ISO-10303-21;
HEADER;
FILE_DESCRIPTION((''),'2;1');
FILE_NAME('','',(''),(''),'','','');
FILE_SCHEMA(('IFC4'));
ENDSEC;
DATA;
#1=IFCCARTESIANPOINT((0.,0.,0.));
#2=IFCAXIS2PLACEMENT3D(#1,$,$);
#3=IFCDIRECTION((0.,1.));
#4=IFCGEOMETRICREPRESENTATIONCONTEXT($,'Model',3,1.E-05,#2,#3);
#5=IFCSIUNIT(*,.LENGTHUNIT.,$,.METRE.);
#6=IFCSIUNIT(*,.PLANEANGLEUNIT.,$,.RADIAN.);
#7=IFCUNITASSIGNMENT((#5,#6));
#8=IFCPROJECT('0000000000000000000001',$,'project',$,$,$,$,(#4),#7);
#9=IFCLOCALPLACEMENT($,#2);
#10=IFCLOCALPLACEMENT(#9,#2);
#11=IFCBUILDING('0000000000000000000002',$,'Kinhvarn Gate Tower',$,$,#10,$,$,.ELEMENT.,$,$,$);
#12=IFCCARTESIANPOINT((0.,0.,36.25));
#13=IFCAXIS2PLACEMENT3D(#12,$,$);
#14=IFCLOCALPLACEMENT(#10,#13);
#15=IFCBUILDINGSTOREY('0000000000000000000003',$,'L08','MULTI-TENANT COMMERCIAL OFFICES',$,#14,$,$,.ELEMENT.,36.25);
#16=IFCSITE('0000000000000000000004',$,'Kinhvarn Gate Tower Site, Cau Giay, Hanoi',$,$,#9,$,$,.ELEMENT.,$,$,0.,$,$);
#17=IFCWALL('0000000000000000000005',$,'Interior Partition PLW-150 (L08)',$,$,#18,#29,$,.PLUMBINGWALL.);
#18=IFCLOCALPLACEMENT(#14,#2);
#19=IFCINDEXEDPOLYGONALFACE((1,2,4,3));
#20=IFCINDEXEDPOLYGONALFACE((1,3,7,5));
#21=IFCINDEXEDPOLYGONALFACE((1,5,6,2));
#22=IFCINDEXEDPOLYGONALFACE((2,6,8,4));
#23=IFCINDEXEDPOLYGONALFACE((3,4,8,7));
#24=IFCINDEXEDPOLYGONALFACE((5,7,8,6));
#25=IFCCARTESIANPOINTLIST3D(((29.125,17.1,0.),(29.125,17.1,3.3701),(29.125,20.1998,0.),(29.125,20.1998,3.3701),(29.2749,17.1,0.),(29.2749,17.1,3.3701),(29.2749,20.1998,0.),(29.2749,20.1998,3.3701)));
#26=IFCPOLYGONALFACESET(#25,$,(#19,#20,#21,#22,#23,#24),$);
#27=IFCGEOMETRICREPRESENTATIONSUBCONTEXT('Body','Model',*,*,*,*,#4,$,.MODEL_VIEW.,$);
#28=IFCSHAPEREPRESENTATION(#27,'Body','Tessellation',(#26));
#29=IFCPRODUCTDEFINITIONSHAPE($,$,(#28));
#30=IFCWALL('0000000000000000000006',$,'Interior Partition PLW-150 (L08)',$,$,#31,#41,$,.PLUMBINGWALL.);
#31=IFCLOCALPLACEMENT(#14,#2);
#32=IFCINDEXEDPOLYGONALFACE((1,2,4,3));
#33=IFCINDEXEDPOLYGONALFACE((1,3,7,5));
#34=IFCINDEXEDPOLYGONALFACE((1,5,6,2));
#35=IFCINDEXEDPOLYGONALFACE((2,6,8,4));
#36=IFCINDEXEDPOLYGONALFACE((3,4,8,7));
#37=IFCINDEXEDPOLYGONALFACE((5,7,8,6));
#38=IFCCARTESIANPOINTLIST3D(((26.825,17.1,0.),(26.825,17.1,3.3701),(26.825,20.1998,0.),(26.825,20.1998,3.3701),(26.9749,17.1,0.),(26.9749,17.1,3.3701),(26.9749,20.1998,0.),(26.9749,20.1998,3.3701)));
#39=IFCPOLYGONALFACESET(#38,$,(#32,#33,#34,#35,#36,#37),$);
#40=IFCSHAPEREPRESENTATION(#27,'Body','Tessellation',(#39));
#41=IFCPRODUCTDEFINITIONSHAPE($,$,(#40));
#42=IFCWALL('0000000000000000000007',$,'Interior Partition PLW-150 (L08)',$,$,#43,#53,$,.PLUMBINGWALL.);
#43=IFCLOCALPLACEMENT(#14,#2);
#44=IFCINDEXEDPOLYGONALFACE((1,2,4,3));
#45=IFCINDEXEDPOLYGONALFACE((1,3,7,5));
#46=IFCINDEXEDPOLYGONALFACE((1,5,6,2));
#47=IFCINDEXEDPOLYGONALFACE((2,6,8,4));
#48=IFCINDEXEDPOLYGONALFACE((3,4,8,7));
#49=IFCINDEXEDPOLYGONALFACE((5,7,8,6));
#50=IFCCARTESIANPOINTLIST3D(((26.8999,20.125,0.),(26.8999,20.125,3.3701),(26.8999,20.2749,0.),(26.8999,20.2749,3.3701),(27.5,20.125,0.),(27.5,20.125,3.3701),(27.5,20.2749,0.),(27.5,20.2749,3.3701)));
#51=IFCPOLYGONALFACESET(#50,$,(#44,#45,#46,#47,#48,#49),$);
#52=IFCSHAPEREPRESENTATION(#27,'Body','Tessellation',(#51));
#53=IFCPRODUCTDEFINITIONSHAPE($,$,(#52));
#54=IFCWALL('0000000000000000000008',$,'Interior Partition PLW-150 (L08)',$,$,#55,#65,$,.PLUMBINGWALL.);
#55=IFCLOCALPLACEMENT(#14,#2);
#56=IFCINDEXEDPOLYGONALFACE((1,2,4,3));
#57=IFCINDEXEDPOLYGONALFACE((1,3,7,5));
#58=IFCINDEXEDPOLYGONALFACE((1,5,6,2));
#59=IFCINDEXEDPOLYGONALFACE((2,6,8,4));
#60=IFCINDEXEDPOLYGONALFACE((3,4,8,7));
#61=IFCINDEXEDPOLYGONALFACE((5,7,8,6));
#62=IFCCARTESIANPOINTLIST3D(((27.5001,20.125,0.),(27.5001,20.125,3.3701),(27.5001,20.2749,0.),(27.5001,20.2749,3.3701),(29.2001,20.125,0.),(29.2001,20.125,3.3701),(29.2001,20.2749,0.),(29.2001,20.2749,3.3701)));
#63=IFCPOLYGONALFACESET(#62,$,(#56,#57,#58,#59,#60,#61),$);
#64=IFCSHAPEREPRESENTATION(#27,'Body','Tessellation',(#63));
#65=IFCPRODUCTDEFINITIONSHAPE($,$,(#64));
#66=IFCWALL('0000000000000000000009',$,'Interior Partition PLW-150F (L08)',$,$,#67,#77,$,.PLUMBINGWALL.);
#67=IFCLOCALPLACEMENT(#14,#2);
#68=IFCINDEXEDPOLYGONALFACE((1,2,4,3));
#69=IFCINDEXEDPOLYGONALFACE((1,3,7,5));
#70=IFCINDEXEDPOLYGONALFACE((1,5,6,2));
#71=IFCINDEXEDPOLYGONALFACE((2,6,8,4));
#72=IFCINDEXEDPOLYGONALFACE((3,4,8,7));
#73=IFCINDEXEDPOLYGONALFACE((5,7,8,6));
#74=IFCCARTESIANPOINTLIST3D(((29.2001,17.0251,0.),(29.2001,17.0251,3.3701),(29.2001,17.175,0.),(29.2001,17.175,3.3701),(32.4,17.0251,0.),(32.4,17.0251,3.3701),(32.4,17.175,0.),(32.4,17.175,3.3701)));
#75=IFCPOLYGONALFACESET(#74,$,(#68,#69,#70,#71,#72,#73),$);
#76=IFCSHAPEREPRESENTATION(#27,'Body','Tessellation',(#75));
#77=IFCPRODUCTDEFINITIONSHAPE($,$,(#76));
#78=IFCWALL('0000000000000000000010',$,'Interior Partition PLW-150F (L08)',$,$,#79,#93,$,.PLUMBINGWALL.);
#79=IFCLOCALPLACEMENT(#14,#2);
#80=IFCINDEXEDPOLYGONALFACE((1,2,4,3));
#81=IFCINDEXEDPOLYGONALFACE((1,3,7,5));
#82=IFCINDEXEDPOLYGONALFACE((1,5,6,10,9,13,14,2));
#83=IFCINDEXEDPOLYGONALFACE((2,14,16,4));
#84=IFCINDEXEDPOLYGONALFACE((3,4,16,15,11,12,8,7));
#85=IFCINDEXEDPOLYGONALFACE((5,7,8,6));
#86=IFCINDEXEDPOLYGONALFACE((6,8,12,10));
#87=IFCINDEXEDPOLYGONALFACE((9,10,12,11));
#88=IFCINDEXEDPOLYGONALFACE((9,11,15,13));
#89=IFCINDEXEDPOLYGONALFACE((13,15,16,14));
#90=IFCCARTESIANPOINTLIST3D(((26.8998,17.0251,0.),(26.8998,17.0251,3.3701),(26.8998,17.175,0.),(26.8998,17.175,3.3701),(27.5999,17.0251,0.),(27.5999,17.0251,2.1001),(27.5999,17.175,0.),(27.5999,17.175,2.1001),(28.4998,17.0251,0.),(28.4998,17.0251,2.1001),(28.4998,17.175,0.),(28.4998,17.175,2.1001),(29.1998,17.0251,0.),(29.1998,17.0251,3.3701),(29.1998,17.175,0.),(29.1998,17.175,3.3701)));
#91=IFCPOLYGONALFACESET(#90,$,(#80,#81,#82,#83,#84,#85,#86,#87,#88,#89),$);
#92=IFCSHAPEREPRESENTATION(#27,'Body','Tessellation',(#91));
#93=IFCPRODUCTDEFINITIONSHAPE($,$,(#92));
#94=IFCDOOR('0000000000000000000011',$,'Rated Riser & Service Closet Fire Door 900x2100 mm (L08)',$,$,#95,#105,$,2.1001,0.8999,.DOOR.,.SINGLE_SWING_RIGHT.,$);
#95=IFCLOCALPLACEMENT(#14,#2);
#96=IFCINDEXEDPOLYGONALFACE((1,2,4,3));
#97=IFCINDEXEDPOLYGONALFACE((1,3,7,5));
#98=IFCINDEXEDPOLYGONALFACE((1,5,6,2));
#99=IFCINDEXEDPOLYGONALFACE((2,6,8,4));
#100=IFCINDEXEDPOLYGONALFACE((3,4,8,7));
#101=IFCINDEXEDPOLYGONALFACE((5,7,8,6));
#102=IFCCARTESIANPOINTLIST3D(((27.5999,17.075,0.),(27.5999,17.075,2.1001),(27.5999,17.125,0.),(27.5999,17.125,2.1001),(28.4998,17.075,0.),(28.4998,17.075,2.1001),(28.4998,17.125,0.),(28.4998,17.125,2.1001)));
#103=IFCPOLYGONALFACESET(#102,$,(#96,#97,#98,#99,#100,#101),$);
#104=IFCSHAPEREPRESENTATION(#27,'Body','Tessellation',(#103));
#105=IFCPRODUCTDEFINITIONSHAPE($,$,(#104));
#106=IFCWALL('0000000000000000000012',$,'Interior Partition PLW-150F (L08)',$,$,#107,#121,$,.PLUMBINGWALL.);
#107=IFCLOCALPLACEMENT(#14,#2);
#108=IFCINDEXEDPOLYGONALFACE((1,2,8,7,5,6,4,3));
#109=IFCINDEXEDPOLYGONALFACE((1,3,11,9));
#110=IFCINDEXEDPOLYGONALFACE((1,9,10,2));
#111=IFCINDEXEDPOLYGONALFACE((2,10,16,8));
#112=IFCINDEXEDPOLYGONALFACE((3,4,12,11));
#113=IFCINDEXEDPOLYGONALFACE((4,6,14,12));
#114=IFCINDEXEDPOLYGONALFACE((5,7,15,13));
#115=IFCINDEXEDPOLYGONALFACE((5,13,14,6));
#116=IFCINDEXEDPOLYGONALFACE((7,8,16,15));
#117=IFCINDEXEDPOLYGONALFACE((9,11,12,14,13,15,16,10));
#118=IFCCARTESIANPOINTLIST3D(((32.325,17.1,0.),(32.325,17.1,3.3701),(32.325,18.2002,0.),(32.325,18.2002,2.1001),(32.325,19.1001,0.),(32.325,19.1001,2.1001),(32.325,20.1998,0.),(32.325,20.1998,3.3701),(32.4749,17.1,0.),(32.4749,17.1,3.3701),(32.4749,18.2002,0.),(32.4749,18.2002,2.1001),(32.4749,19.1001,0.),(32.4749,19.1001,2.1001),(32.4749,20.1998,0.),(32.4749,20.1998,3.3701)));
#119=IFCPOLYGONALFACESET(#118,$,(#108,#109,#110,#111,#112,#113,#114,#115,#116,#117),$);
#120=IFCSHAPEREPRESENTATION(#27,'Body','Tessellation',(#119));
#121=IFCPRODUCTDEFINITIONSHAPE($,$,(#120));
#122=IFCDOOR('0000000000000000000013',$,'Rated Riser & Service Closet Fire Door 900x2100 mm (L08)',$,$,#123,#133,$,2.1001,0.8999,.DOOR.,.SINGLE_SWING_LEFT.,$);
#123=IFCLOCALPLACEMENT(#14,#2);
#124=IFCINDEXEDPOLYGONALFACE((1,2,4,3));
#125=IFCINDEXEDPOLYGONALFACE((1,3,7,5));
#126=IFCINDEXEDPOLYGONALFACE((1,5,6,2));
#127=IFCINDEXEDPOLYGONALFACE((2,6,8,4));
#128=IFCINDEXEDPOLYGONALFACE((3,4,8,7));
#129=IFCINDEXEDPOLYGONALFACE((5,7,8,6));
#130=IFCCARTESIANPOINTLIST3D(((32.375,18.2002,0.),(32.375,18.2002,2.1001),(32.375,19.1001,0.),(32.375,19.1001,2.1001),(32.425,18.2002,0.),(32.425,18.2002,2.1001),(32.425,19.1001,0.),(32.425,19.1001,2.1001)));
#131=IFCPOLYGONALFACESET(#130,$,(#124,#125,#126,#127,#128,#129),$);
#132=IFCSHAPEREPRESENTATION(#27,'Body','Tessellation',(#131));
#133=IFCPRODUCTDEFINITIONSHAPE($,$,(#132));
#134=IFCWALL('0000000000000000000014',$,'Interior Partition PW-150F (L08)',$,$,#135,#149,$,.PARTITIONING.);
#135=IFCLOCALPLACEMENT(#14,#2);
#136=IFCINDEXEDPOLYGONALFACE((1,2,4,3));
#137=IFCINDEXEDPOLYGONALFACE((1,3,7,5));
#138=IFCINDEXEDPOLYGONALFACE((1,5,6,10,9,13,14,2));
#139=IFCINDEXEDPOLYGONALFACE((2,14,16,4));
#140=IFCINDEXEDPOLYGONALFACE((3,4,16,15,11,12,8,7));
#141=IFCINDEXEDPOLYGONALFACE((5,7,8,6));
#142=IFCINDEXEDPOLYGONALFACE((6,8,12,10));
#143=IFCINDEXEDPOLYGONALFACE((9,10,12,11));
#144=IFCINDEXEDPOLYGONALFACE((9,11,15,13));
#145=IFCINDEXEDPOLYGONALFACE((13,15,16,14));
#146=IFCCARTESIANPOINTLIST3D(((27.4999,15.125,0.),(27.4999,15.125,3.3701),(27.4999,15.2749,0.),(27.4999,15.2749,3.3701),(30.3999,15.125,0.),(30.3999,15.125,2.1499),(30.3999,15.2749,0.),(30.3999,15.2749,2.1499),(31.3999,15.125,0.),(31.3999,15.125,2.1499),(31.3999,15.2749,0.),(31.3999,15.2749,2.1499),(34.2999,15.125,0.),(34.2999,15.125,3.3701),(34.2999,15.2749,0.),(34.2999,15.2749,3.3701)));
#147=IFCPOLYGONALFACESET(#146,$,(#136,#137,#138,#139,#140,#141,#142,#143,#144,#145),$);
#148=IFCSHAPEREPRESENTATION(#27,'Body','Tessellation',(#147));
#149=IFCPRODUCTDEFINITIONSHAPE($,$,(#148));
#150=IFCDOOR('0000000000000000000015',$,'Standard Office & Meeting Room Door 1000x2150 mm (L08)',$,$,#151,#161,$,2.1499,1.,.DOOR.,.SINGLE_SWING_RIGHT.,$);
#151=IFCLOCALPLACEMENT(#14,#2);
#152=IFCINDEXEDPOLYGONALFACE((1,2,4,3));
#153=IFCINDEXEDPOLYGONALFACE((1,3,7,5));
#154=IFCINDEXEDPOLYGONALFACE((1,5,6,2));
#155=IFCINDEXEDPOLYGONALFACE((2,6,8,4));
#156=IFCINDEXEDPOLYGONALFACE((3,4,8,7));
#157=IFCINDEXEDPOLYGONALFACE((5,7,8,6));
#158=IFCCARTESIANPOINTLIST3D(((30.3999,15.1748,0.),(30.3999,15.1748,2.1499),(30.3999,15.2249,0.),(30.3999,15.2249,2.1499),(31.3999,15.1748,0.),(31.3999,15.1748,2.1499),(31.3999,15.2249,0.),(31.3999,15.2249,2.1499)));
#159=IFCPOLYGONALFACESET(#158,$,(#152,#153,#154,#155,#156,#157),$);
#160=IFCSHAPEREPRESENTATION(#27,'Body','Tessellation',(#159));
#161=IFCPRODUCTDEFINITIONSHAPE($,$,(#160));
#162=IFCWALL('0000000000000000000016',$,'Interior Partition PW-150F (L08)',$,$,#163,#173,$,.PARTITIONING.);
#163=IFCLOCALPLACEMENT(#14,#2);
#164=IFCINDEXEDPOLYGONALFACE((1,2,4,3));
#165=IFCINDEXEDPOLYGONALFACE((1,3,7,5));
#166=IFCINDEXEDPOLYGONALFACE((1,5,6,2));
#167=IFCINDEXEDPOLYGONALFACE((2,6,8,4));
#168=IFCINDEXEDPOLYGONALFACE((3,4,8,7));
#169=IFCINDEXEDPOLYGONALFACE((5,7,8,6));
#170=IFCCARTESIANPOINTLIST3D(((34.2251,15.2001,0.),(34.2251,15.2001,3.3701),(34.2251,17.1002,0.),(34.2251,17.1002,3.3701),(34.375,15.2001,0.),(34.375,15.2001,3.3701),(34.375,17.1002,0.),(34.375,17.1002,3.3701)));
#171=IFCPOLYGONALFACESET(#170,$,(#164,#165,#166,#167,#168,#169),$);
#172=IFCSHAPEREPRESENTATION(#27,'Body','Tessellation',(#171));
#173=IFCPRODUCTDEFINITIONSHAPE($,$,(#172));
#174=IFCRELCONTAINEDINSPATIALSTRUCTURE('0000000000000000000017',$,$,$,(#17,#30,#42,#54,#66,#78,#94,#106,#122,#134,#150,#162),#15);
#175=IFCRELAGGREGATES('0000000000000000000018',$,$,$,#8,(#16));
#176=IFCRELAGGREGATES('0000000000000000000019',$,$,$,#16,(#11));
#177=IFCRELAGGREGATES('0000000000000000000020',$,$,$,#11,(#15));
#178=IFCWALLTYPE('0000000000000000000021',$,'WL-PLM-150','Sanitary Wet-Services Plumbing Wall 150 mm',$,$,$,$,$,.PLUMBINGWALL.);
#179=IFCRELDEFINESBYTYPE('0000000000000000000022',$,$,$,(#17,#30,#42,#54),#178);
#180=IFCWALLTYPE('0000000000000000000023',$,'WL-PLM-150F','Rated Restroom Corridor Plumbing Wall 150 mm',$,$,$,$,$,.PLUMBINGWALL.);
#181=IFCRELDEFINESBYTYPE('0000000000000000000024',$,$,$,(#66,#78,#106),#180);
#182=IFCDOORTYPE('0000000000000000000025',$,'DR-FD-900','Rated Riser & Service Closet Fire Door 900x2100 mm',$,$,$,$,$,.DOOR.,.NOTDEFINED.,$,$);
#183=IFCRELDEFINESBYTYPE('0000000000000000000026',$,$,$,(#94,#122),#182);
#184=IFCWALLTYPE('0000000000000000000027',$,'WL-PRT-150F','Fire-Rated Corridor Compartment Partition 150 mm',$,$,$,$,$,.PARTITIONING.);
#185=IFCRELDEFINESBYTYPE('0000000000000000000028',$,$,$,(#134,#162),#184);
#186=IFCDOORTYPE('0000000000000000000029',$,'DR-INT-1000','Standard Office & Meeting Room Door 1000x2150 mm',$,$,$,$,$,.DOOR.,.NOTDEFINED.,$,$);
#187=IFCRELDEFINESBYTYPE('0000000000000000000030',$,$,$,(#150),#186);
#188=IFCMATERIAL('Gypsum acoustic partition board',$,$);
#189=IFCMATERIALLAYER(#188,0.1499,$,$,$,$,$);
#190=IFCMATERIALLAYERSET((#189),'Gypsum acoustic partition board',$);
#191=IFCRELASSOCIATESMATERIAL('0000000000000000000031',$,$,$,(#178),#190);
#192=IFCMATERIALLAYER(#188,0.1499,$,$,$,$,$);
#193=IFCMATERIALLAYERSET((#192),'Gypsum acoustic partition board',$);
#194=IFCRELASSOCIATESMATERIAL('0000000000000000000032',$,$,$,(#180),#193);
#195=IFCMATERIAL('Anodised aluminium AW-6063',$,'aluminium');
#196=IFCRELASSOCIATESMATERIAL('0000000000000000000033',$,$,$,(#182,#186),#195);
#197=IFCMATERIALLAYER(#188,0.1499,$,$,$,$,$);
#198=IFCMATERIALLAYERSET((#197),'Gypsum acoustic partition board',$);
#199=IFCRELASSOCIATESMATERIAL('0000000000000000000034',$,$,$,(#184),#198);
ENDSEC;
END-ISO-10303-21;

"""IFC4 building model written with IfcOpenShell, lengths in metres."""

from ifc_helpers import new_model, si_unit, direction, frame, frame_2d, origin, place, context, subcontext, project, spatial, rectangle, extrude, material, layer, layer_set, type_object, element, fill, save


model = new_model("IFC4")

# Units and contexts
model_context = context("Model", 3, precision=1e-05, world=origin(), true_north=direction((0.0, 1.0)))
body_context = subcontext(model_context, "Body", "Model", "MODEL_VIEW")
ifc_project = project(units=[si_unit("LENGTHUNIT", "METRE"), si_unit("PLANEANGLEUNIT", "RADIAN")], contexts=[model_context])

# Site, building, storey
site_placement = place(None, origin())
site = spatial("IfcSite", under=ifc_project, at=site_placement, Name="Kinhvarn Gate Tower Site, Cau Giay, Hanoi", CompositionType="ELEMENT", RefElevation=0.0)
building_placement = place(site_placement, origin())
building = spatial("IfcBuilding", under=site, at=building_placement, Name="Kinhvarn Gate Tower", CompositionType="ELEMENT")
storey_placement = place(building_placement, frame((0.0, 0.0, 36.25)))
storey = spatial("IfcBuildingStorey", under=building, at=storey_placement, Name="L08", Description="MULTI-TENANT COMMERCIAL OFFICES", CompositionType="ELEMENT", Elevation=36.25)

# Walls
ifc_material_1 = material(Name="Gypsum acoustic partition board")
ifc_layer_1 = layer(ifc_material_1, 0.1499)
ifc_layer_set_1 = layer_set([ifc_layer_1], Name="Gypsum acoustic partition board")
wall_type_1 = type_object("IfcWallType", Name="WL-PLM-150", Description="Sanitary Wet-Services Plumbing Wall 150 mm", PredefinedType="PLUMBINGWALL", material=ifc_layer_set_1)
for number, where, z_axis, x_axis, name in (
    (1, (29.2, 17.1001, 0.0), (0.0, 0.0, 1.0), (0.0, 1.0, 0.0), "Interior Partition PLW-150 (L08)"),
    (2, (26.8999, 17.1001, 0.0), (0.0, 0.0, 1.0), (0.0, 1.0, 0.0), "Interior Partition PLW-150 (L08)"),
):
    element("IfcWall", number, at=place(storey_placement, frame(where, z_axis=z_axis, x_axis=x_axis)), inside=storey, type_object=wall_type_1, Name=name, PredefinedType="PLUMBINGWALL", context=body_context, shape_type="SweptSolid", body=[
        extrude(rectangle(XDim=3.0999, YDim=0.1499, at=frame_2d((1.5498, 0.0))), origin(), (0.0, 0.0, 1.0), 3.3701),
    ])
wall_1_placement = place(storey_placement, frame((26.8999, 20.2, 0.0), z_axis=(0.0, 0.0, 1.0), x_axis=(1.0, 0.0, 0.0)))
element("IfcWall", 3, at=wall_1_placement, inside=storey, type_object=wall_type_1, Name="Interior Partition PLW-150 (L08)", PredefinedType="PLUMBINGWALL", context=body_context, shape_type="SweptSolid", body=[
    extrude(rectangle(XDim=0.6001, YDim=0.1499, at=frame_2d((0.3, 0.0))), origin(), (0.0, 0.0, 1.0), 3.3701),
])
wall_2_placement = place(storey_placement, frame((27.5, 20.2, 0.0), z_axis=(0.0, 0.0, 1.0), x_axis=(1.0, 0.0, 0.0)))
element("IfcWall", 4, at=wall_2_placement, inside=storey, type_object=wall_type_1, Name="Interior Partition PLW-150 (L08)", PredefinedType="PLUMBINGWALL", context=body_context, shape_type="SweptSolid", body=[
    extrude(rectangle(XDim=1.7, YDim=0.1499, at=frame_2d((0.8501, 0.0))), origin(), (0.0, 0.0, 1.0), 3.3701),
])
ifc_layer_2 = layer(ifc_material_1, 0.1499)
ifc_layer_set_2 = layer_set([ifc_layer_2], Name="Gypsum acoustic partition board")
wall_type_2 = type_object("IfcWallType", Name="WL-PLM-150F", Description="Rated Restroom Corridor Plumbing Wall 150 mm", PredefinedType="PLUMBINGWALL", material=ifc_layer_set_2)
wall_3_placement = place(storey_placement, frame((29.2, 17.1001, 0.0), z_axis=(0.0, 0.0, 1.0), x_axis=(1.0, 0.0, 0.0)))
element("IfcWall", 5, at=wall_3_placement, inside=storey, type_object=wall_type_2, Name="Interior Partition PLW-150F (L08)", PredefinedType="PLUMBINGWALL", context=body_context, shape_type="SweptSolid", body=[
    extrude(rectangle(XDim=3.2, YDim=0.1499, at=frame_2d((1.6001, 0.0))), origin(), (0.0, 0.0, 1.0), 3.3701),
])

# Walls, openings, doors
wall_4_placement = place(storey_placement, frame((26.8999, 17.1001, 0.0), z_axis=(0.0, 0.0, 1.0), x_axis=(1.0, 0.0, 0.0)))
wall_4 = element("IfcWall", 6, at=wall_4_placement, inside=storey, type_object=wall_type_2, Name="Interior Partition PLW-150F (L08)", PredefinedType="PLUMBINGWALL", context=body_context, shape_type="SweptSolid", body=[
    extrude(rectangle(XDim=2.3, YDim=0.1499, at=frame_2d((1.1499, 0.0))), origin(), (0.0, 0.0, 1.0), 3.3701),
])
opening_1_placement = place(wall_4_placement, frame((0.7, 0.0, 0.0)))
opening_1 = element("IfcOpeningElement", 7, at=opening_1_placement, cuts=wall_4, PredefinedType="OPENING", context=body_context, shape_type="SweptSolid", body=[
    extrude(rectangle(XDim=0.8999, YDim=2.1001, at=frame_2d((0.45, 1.05))), frame((0.0, 0.085, 0.0), z_axis=(0.0, -1.0, 0.0), x_axis=(1.0, 0.0, 0.0)), (0.0, 0.0, 1.0), 0.1699),
])
ifc_material_2 = material(Name="Anodised aluminium AW-6063", Category="aluminium")
door_type_1 = type_object("IfcDoorType", Name="DR-FD-900", Description="Rated Riser & Service Closet Fire Door 900x2100 mm", OperationType="NOTDEFINED", PredefinedType="DOOR", material=ifc_material_2)
door_1_placement = place(opening_1_placement, origin())
door_1 = element("IfcDoor", 8, at=door_1_placement, inside=storey, type_object=door_type_1, Name="Rated Riser & Service Closet Fire Door 900x2100 mm (L08)", OperationType="SINGLE_SWING_RIGHT", OverallHeight=2.1001, OverallWidth=0.8999, PredefinedType="DOOR", context=body_context, shape_type="SweptSolid", body=[
    extrude(rectangle(XDim=0.8999, YDim=2.1001, at=frame_2d((0.45, 1.05))), frame((0.0, 0.0249, 0.0), z_axis=(0.0, -1.0, 0.0), x_axis=(1.0, 0.0, 0.0)), (0.0, 0.0, 1.0), 0.05),
])
fill(opening_1, door_1)
wall_5_placement = place(storey_placement, frame((32.3999, 17.1001, 0.0), z_axis=(0.0, 0.0, 1.0), x_axis=(0.0, 1.0, 0.0)))
wall_5 = element("IfcWall", 9, at=wall_5_placement, inside=storey, type_object=wall_type_2, Name="Interior Partition PLW-150F (L08)", PredefinedType="PLUMBINGWALL", context=body_context, shape_type="SweptSolid", body=[
    extrude(rectangle(XDim=3.0999, YDim=0.1499, at=frame_2d((1.5498, 0.0))), origin(), (0.0, 0.0, 1.0), 3.3701),
])
opening_2_placement = place(wall_5_placement, frame((1.1001, 0.0, 0.0)))
opening_2 = element("IfcOpeningElement", 10, at=opening_2_placement, cuts=wall_5, PredefinedType="OPENING", context=body_context, shape_type="SweptSolid", body=[
    extrude(rectangle(XDim=0.8999, YDim=2.1001, at=frame_2d((0.45, 1.05))), frame((0.0, 0.085, 0.0), z_axis=(0.0, -1.0, 0.0), x_axis=(1.0, 0.0, 0.0)), (0.0, 0.0, 1.0), 0.1699),
])
door_2_placement = place(opening_2_placement, origin())
door_2 = element("IfcDoor", 11, at=door_2_placement, inside=storey, type_object=door_type_1, Name="Rated Riser & Service Closet Fire Door 900x2100 mm (L08)", OperationType="SINGLE_SWING_LEFT", OverallHeight=2.1001, OverallWidth=0.8999, PredefinedType="DOOR", context=body_context, shape_type="SweptSolid", body=[
    extrude(rectangle(XDim=0.8999, YDim=2.1001, at=frame_2d((0.45, 1.05))), frame((0.0, 0.0249, 0.0), z_axis=(0.0, -1.0, 0.0), x_axis=(1.0, 0.0, 0.0)), (0.0, 0.0, 1.0), 0.05),
])
fill(opening_2, door_2)
ifc_layer_3 = layer(ifc_material_1, 0.1499)
ifc_layer_set_3 = layer_set([ifc_layer_3], Name="Gypsum acoustic partition board")
wall_type_3 = type_object("IfcWallType", Name="WL-PRT-150F", Description="Fire-Rated Corridor Compartment Partition 150 mm", PredefinedType="PARTITIONING", material=ifc_layer_set_3)
wall_6_placement = place(storey_placement, frame((27.5, 15.2, 0.0), z_axis=(0.0, 0.0, 1.0), x_axis=(1.0, 0.0, 0.0)))
wall_6 = element("IfcWall", 12, at=wall_6_placement, inside=storey, type_object=wall_type_3, Name="Interior Partition PW-150F (L08)", PredefinedType="PARTITIONING", context=body_context, shape_type="SweptSolid", body=[
    extrude(rectangle(XDim=6.8, YDim=0.1499, at=frame_2d((3.3999, 0.0))), origin(), (0.0, 0.0, 1.0), 3.3701),
])
opening_3_placement = place(wall_6_placement, frame((2.8999, 0.0, 0.0)))
opening_3 = element("IfcOpeningElement", 13, at=opening_3_placement, cuts=wall_6, PredefinedType="OPENING", context=body_context, shape_type="SweptSolid", body=[
    extrude(rectangle(XDim=1.0, YDim=2.1499, at=frame_2d((0.5, 1.075))), frame((0.0, 0.085, 0.0), z_axis=(0.0, -1.0, 0.0), x_axis=(1.0, 0.0, 0.0)), (0.0, 0.0, 1.0), 0.1699),
])
door_type_2 = type_object("IfcDoorType", Name="DR-INT-1000", Description="Standard Office & Meeting Room Door 1000x2150 mm", OperationType="NOTDEFINED", PredefinedType="DOOR", material=ifc_material_2)
door_3_placement = place(opening_3_placement, origin())
door_3 = element("IfcDoor", 14, at=door_3_placement, inside=storey, type_object=door_type_2, Name="Standard Office & Meeting Room Door 1000x2150 mm (L08)", OperationType="SINGLE_SWING_RIGHT", OverallHeight=2.1499, OverallWidth=1.0, PredefinedType="DOOR", context=body_context, shape_type="SweptSolid", body=[
    extrude(rectangle(XDim=1.0, YDim=2.1499, at=frame_2d((0.5, 1.075))), frame((0.0, 0.0249, 0.0), z_axis=(0.0, -1.0, 0.0), x_axis=(1.0, 0.0, 0.0)), (0.0, 0.0, 1.0), 0.05),
])
fill(opening_3, door_3)

# Wall
wall_7_placement = place(storey_placement, frame((34.3, 15.2, 0.0), z_axis=(0.0, 0.0, 1.0), x_axis=(0.0, 1.0, 0.0)))
element("IfcWall", 15, at=wall_7_placement, inside=storey, type_object=wall_type_3, Name="Interior Partition PW-150F (L08)", PredefinedType="PARTITIONING", context=body_context, shape_type="SweptSolid", body=[
    extrude(rectangle(XDim=1.9001, YDim=0.1499, at=frame_2d((0.9502, 0.0))), origin(), (0.0, 0.0, 1.0), 3.3701),
])

save(model, "model.ifc")
